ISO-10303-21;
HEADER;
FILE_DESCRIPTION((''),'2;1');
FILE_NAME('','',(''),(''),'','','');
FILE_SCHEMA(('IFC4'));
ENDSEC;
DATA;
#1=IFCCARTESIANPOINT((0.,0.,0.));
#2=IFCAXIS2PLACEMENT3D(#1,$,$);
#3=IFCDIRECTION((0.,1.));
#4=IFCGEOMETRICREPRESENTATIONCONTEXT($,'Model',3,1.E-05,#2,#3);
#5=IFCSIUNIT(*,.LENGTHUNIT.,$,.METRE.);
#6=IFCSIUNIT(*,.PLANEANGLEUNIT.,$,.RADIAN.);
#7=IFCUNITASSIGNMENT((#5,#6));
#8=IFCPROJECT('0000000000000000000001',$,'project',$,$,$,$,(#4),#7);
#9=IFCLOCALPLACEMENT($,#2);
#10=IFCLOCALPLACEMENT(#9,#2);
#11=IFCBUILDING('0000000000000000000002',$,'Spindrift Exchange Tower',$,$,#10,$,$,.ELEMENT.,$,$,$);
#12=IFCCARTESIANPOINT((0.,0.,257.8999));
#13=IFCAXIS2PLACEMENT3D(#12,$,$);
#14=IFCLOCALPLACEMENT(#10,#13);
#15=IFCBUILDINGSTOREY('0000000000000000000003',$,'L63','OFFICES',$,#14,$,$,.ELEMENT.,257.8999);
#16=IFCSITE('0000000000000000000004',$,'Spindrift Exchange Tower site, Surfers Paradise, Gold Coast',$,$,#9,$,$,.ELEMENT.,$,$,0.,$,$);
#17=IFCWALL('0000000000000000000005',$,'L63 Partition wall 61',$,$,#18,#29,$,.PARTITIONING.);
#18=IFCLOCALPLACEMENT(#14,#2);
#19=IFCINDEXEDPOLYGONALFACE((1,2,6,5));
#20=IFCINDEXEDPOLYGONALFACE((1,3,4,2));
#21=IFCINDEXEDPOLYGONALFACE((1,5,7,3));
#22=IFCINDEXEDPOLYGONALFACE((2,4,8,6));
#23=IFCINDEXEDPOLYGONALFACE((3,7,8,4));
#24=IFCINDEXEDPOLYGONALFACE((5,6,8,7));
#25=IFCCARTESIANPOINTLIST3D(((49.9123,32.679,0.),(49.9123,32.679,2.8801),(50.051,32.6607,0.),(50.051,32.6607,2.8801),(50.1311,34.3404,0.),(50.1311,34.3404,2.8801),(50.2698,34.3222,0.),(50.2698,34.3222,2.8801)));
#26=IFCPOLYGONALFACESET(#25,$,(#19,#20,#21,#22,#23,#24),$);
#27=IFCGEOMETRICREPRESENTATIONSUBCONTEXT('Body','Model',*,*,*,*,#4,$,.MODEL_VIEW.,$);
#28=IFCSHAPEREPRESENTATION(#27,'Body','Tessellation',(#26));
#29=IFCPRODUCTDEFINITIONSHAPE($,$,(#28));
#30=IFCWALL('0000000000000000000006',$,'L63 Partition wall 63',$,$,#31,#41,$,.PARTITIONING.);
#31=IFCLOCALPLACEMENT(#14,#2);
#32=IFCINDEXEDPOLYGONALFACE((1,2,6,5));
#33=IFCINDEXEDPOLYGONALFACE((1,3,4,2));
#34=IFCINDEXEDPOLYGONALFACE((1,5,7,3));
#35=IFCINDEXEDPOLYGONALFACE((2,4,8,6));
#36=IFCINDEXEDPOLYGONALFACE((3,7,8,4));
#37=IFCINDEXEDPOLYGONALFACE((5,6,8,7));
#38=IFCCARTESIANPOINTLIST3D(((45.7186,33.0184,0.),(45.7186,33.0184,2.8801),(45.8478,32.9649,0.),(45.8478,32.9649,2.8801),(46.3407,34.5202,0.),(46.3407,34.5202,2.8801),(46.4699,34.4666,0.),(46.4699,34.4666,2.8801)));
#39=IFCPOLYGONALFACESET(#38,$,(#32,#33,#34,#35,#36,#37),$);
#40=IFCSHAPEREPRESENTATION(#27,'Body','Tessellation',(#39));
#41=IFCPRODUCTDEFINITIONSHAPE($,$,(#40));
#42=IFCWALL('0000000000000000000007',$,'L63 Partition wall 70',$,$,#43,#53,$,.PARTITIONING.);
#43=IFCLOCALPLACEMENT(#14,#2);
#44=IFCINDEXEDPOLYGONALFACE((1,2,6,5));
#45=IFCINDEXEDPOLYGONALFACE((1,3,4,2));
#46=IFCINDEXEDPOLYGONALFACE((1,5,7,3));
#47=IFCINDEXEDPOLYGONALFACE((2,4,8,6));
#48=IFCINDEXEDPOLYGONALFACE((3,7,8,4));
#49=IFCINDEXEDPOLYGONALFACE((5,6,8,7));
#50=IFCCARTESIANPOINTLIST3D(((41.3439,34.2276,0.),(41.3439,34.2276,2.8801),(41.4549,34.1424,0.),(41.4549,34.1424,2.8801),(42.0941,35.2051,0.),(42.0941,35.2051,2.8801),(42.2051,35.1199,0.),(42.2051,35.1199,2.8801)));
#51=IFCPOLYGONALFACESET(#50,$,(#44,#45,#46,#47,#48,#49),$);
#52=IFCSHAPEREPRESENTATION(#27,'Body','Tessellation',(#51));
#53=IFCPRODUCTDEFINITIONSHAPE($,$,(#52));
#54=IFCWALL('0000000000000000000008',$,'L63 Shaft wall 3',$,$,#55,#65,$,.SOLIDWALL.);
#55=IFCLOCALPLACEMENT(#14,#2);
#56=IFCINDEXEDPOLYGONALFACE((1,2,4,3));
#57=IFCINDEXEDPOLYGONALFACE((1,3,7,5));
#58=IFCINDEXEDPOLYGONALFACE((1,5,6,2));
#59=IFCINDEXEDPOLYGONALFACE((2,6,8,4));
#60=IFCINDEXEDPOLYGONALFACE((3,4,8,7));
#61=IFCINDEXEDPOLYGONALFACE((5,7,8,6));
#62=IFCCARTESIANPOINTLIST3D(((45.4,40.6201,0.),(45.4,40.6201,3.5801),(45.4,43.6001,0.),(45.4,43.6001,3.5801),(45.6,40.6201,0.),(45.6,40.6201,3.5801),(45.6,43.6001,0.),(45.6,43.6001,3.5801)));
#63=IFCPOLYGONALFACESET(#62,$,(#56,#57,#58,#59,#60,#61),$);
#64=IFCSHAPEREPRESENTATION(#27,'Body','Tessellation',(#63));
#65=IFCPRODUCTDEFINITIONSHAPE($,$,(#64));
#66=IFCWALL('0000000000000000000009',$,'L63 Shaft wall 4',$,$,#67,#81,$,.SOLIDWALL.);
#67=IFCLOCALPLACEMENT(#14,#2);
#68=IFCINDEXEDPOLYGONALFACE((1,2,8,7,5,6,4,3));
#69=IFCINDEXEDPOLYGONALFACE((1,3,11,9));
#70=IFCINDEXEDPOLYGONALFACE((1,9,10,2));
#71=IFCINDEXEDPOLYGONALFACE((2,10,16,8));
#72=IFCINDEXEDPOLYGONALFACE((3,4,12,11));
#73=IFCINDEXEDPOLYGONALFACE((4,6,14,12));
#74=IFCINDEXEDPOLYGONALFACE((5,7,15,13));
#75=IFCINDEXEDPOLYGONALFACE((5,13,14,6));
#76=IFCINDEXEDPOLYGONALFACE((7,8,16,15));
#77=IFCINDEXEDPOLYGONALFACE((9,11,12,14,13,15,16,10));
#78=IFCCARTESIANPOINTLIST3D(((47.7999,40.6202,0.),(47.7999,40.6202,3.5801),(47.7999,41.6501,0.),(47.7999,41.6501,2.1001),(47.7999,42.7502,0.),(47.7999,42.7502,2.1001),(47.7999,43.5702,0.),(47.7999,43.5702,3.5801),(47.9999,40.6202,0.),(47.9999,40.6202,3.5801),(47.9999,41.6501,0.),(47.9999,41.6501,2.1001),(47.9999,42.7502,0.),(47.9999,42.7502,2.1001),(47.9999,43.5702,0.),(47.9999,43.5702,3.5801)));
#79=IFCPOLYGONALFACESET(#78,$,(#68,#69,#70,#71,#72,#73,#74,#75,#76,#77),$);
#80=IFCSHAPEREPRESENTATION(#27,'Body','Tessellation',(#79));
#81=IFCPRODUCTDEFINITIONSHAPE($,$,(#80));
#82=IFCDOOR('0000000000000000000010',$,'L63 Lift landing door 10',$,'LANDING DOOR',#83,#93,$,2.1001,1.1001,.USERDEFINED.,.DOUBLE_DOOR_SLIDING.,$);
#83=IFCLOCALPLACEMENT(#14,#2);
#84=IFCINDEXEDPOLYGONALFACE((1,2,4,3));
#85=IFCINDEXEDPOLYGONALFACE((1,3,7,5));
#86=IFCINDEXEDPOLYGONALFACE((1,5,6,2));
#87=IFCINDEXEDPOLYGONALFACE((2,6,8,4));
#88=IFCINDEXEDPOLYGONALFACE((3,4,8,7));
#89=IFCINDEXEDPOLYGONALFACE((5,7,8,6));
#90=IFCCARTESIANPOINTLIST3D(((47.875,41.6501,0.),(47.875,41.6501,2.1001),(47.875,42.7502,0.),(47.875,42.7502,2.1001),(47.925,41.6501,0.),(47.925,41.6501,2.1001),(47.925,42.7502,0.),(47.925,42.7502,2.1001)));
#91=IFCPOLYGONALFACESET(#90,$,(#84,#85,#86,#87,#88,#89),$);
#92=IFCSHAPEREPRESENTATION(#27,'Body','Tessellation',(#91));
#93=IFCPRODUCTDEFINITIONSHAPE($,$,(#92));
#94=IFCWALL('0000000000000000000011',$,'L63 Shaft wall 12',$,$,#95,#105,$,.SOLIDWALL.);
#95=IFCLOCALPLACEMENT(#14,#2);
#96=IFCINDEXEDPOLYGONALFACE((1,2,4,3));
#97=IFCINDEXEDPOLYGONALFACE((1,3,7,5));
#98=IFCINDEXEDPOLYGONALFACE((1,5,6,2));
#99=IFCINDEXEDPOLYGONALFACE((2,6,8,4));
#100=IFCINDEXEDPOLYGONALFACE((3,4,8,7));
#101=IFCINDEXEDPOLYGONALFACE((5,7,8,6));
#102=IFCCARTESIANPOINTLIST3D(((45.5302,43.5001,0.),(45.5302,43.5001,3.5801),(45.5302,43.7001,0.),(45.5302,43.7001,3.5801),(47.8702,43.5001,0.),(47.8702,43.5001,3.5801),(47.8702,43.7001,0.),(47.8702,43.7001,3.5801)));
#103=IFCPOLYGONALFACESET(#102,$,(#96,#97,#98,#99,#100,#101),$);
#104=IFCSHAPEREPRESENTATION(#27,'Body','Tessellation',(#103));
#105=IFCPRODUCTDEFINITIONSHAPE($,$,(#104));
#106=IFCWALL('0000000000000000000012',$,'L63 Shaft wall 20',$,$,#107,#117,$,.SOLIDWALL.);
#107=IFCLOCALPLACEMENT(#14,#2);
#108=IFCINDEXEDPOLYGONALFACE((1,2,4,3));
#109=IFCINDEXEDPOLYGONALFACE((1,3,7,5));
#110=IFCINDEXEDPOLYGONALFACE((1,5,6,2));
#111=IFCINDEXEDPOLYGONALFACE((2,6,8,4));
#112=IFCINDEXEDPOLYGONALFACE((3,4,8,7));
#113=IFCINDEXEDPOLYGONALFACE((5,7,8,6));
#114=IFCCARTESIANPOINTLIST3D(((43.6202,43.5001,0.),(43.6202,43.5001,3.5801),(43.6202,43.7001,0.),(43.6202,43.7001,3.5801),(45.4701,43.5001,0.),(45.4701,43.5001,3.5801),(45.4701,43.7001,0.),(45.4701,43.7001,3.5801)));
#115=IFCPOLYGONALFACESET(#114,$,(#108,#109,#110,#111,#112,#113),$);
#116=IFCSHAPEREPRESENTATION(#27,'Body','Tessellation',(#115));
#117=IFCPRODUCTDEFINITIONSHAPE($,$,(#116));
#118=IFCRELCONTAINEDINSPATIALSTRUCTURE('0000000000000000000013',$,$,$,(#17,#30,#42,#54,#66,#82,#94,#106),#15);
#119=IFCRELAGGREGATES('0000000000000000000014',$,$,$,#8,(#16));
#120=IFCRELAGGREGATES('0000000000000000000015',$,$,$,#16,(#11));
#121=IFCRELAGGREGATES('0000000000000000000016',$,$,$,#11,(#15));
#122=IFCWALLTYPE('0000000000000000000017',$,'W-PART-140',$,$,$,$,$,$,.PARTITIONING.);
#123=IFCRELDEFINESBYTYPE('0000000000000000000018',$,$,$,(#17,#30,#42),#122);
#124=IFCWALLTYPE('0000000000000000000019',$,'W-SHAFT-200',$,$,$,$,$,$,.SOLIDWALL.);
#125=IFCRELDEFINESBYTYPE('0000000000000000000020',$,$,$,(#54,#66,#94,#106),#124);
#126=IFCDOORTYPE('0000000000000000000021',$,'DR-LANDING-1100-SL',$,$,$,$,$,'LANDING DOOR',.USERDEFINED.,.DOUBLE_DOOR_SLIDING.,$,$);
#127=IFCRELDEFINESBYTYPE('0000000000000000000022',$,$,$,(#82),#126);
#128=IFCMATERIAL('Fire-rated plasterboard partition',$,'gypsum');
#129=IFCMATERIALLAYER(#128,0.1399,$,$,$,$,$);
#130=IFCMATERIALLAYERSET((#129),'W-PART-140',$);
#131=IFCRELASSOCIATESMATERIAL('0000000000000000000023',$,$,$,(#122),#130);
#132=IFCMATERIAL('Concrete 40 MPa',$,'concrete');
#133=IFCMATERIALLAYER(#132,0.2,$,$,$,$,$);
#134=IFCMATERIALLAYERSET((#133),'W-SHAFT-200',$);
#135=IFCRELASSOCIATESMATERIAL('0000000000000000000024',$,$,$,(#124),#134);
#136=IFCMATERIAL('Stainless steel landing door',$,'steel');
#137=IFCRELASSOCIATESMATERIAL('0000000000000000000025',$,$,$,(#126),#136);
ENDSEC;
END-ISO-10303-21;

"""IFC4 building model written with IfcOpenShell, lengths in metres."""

from ifc_helpers import new_model, si_unit, direction, frame, frame_2d, origin, place, context, subcontext, project, spatial, rectangle, extrude, source, transform, mapped, material, layer, layer_set, type_object, element, fill, save


model = new_model("IFC4")

# Units and contexts
model_context = context("Model", 3, precision=1e-05, world=origin(), true_north=direction((0.0, 1.0)))
body_context = subcontext(model_context, "Body", "Model", "MODEL_VIEW")
ifc_project = project(units=[si_unit("LENGTHUNIT", "METRE"), si_unit("PLANEANGLEUNIT", "RADIAN")], contexts=[model_context])

# Site, building, storey
site_placement = place(None, origin())
site = spatial("IfcSite", under=ifc_project, at=site_placement, Name="Spindrift Exchange Tower site, Surfers Paradise, Gold Coast", CompositionType="ELEMENT", RefElevation=0.0)
building_placement = place(site_placement, origin())
building = spatial("IfcBuilding", under=site, at=building_placement, Name="Spindrift Exchange Tower", CompositionType="ELEMENT")
storey_placement = place(building_placement, frame((0.0, 0.0, 257.8999)))
storey = spatial("IfcBuildingStorey", under=building, at=storey_placement, Name="L63", Description="OFFICES", CompositionType="ELEMENT", Elevation=257.8999)

# Shared definitions
ifc_material_1 = material(Name="Concrete 40 MPa", Category="concrete")

# Shared definitions
ifc_material_2 = material(Name="Fire-rated plasterboard partition", Category="gypsum")

# Shared definitions
ifc_layer_1 = layer(ifc_material_2, 0.1399)
ifc_layer_set_1 = layer_set([ifc_layer_1], Name="W-PART-140")
wall_type_1 = type_object("IfcWallType", Name="W-PART-140", PredefinedType="PARTITIONING", material=ifc_layer_set_1)

# Walls
wall_1_placement = place(storey_placement, frame((50.2004, 34.3313, 0.0), z_axis=(0.0, 0.0, 1.0), x_axis=(-0.130541, -0.991443, 0.0)))
element("IfcWall", 1, at=wall_1_placement, inside=storey, type_object=wall_type_1, Name="L63 Partition wall 61", PredefinedType="PARTITIONING", context=body_context, shape_type="SweptSolid", body=[
    extrude(rectangle(XDim=1.6758, YDim=0.1399, at=frame_2d((0.8379, 0.0))), origin(), (0.0, 0.0, 1.0), 2.8801),
])
wall_2_placement = place(storey_placement, frame((46.4053, 34.4934, 0.0), z_axis=(0.0, 0.0, 1.0), x_axis=(-0.382706, -0.92387, 0.0)))
element("IfcWall", 2, at=wall_2_placement, inside=storey, type_object=wall_type_1, Name="L63 Partition wall 63", PredefinedType="PARTITIONING", context=body_context, shape_type="SweptSolid", body=[
    extrude(rectangle(XDim=1.6255, YDim=0.1399, at=frame_2d((0.8127, 0.0))), origin(), (0.0, 0.0, 1.0), 2.8801),
])
wall_3_placement = place(storey_placement, frame((42.1497, 35.1626, 0.0), z_axis=(0.0, 0.0, 1.0), x_axis=(-0.608839, -0.793294, 0.0)))
element("IfcWall", 3, at=wall_3_placement, inside=storey, type_object=wall_type_1, Name="L63 Partition wall 70", PredefinedType="PARTITIONING", context=body_context, shape_type="SweptSolid", body=[
    extrude(rectangle(XDim=1.2322, YDim=0.1399, at=frame_2d((0.6162, 0.0))), origin(), (0.0, 0.0, 1.0), 2.8801),
])
ifc_layer_2 = layer(ifc_material_1, 0.2)
ifc_layer_set_2 = layer_set([ifc_layer_2], Name="W-SHAFT-200")
wall_type_2 = type_object("IfcWallType", Name="W-SHAFT-200", PredefinedType="SOLIDWALL", material=ifc_layer_set_2)
wall_4_placement = place(storey_placement, frame((45.5, 43.6001, 0.0), z_axis=(0.0, 0.0, 1.0), x_axis=(0.0, -1.0, 0.0)))
element("IfcWall", 4, at=wall_4_placement, inside=storey, type_object=wall_type_2, Name="L63 Shaft wall 3", PredefinedType="SOLIDWALL", context=body_context, shape_type="SweptSolid", body=[
    extrude(rectangle(XDim=2.98, YDim=0.2, at=frame_2d((1.49, 0.0))), origin(), (0.0, 0.0, 1.0), 3.5801),
])

# Wall, opening, door
wall_5_placement = place(storey_placement, frame((47.8999, 40.6201, 0.0), z_axis=(0.0, 0.0, 1.0), x_axis=(0.0, 1.0, 0.0)))
wall_5 = element("IfcWall", 5, at=wall_5_placement, inside=storey, type_object=wall_type_2, Name="L63 Shaft wall 4", PredefinedType="SOLIDWALL", context=body_context, shape_type="SweptSolid", body=[
    extrude(rectangle(XDim=2.95, YDim=0.2, at=frame_2d((1.4751, 0.0))), origin(), (0.0, 0.0, 1.0), 3.5801),
])
opening_1_placement = place(wall_5_placement, frame((1.03, 0.0, 0.0)))
opening_1 = element("IfcOpeningElement", 6, at=opening_1_placement, cuts=wall_5, PredefinedType="OPENING", context=body_context, shape_type="SweptSolid", body=[
    extrude(rectangle(XDim=1.1001, YDim=2.1001, at=frame_2d((0.55, 1.05))), frame((0.0, 0.1099, 0.0), z_axis=(0.0, -1.0, 0.0), x_axis=(1.0, 0.0, 0.0)), (0.0, 0.0, 1.0), 0.22),
])
ifc_material_3 = material(Name="Stainless steel landing door", Category="steel")
door_type_1 = type_object("IfcDoorType", Name="DR-LANDING-1100-SL", ElementType="LANDING DOOR", OperationType="DOUBLE_DOOR_SLIDING", PredefinedType="USERDEFINED", material=ifc_material_3)
shared_shape_1 = source(origin(), body_context, "Body", "SweptSolid", [
    extrude(rectangle(XDim=1.1001, YDim=2.1001, at=frame_2d((0.55, 1.05))), frame((0.0, 0.0249, 0.0), z_axis=(0.0, -1.0, 0.0), x_axis=(1.0, 0.0, 0.0)), (0.0, 0.0, 1.0), 0.05),
])
door_1_placement = place(opening_1_placement, origin())
door_1 = element("IfcDoor", 7, at=door_1_placement, inside=storey, type_object=door_type_1, Name="L63 Lift landing door 10", ObjectType="LANDING DOOR", OperationType="DOUBLE_DOOR_SLIDING", OverallHeight=2.1001, OverallWidth=1.1001, PredefinedType="USERDEFINED", context=body_context, shape_type="MappedRepresentation", body=[
    mapped(shared_shape_1, transform((0.0, 0.0, 0.0), scale=1.0)),
])
fill(opening_1, door_1)

# Walls
wall_6_placement = place(storey_placement, frame((47.8701, 43.6001, 0.0), z_axis=(0.0, 0.0, 1.0), x_axis=(-1.0, 0.0, 0.0)))
element("IfcWall", 8, at=wall_6_placement, inside=storey, type_object=wall_type_2, Name="L63 Shaft wall 12", PredefinedType="SOLIDWALL", context=body_context, shape_type="SweptSolid", body=[
    extrude(rectangle(XDim=2.3401, YDim=0.2, at=frame_2d((1.1699, 0.0))), origin(), (0.0, 0.0, 1.0), 3.5801),
])
wall_7_placement = place(storey_placement, frame((45.47, 43.6001, 0.0), z_axis=(0.0, 0.0, 1.0), x_axis=(-1.0, 0.0, 0.0)))
element("IfcWall", 9, at=wall_7_placement, inside=storey, type_object=wall_type_2, Name="L63 Shaft wall 20", PredefinedType="SOLIDWALL", context=body_context, shape_type="SweptSolid", body=[
    extrude(rectangle(XDim=1.8499, YDim=0.2, at=frame_2d((0.9248, 0.0))), origin(), (0.0, 0.0, 1.0), 3.5801),
])

save(model, "model.ifc")
